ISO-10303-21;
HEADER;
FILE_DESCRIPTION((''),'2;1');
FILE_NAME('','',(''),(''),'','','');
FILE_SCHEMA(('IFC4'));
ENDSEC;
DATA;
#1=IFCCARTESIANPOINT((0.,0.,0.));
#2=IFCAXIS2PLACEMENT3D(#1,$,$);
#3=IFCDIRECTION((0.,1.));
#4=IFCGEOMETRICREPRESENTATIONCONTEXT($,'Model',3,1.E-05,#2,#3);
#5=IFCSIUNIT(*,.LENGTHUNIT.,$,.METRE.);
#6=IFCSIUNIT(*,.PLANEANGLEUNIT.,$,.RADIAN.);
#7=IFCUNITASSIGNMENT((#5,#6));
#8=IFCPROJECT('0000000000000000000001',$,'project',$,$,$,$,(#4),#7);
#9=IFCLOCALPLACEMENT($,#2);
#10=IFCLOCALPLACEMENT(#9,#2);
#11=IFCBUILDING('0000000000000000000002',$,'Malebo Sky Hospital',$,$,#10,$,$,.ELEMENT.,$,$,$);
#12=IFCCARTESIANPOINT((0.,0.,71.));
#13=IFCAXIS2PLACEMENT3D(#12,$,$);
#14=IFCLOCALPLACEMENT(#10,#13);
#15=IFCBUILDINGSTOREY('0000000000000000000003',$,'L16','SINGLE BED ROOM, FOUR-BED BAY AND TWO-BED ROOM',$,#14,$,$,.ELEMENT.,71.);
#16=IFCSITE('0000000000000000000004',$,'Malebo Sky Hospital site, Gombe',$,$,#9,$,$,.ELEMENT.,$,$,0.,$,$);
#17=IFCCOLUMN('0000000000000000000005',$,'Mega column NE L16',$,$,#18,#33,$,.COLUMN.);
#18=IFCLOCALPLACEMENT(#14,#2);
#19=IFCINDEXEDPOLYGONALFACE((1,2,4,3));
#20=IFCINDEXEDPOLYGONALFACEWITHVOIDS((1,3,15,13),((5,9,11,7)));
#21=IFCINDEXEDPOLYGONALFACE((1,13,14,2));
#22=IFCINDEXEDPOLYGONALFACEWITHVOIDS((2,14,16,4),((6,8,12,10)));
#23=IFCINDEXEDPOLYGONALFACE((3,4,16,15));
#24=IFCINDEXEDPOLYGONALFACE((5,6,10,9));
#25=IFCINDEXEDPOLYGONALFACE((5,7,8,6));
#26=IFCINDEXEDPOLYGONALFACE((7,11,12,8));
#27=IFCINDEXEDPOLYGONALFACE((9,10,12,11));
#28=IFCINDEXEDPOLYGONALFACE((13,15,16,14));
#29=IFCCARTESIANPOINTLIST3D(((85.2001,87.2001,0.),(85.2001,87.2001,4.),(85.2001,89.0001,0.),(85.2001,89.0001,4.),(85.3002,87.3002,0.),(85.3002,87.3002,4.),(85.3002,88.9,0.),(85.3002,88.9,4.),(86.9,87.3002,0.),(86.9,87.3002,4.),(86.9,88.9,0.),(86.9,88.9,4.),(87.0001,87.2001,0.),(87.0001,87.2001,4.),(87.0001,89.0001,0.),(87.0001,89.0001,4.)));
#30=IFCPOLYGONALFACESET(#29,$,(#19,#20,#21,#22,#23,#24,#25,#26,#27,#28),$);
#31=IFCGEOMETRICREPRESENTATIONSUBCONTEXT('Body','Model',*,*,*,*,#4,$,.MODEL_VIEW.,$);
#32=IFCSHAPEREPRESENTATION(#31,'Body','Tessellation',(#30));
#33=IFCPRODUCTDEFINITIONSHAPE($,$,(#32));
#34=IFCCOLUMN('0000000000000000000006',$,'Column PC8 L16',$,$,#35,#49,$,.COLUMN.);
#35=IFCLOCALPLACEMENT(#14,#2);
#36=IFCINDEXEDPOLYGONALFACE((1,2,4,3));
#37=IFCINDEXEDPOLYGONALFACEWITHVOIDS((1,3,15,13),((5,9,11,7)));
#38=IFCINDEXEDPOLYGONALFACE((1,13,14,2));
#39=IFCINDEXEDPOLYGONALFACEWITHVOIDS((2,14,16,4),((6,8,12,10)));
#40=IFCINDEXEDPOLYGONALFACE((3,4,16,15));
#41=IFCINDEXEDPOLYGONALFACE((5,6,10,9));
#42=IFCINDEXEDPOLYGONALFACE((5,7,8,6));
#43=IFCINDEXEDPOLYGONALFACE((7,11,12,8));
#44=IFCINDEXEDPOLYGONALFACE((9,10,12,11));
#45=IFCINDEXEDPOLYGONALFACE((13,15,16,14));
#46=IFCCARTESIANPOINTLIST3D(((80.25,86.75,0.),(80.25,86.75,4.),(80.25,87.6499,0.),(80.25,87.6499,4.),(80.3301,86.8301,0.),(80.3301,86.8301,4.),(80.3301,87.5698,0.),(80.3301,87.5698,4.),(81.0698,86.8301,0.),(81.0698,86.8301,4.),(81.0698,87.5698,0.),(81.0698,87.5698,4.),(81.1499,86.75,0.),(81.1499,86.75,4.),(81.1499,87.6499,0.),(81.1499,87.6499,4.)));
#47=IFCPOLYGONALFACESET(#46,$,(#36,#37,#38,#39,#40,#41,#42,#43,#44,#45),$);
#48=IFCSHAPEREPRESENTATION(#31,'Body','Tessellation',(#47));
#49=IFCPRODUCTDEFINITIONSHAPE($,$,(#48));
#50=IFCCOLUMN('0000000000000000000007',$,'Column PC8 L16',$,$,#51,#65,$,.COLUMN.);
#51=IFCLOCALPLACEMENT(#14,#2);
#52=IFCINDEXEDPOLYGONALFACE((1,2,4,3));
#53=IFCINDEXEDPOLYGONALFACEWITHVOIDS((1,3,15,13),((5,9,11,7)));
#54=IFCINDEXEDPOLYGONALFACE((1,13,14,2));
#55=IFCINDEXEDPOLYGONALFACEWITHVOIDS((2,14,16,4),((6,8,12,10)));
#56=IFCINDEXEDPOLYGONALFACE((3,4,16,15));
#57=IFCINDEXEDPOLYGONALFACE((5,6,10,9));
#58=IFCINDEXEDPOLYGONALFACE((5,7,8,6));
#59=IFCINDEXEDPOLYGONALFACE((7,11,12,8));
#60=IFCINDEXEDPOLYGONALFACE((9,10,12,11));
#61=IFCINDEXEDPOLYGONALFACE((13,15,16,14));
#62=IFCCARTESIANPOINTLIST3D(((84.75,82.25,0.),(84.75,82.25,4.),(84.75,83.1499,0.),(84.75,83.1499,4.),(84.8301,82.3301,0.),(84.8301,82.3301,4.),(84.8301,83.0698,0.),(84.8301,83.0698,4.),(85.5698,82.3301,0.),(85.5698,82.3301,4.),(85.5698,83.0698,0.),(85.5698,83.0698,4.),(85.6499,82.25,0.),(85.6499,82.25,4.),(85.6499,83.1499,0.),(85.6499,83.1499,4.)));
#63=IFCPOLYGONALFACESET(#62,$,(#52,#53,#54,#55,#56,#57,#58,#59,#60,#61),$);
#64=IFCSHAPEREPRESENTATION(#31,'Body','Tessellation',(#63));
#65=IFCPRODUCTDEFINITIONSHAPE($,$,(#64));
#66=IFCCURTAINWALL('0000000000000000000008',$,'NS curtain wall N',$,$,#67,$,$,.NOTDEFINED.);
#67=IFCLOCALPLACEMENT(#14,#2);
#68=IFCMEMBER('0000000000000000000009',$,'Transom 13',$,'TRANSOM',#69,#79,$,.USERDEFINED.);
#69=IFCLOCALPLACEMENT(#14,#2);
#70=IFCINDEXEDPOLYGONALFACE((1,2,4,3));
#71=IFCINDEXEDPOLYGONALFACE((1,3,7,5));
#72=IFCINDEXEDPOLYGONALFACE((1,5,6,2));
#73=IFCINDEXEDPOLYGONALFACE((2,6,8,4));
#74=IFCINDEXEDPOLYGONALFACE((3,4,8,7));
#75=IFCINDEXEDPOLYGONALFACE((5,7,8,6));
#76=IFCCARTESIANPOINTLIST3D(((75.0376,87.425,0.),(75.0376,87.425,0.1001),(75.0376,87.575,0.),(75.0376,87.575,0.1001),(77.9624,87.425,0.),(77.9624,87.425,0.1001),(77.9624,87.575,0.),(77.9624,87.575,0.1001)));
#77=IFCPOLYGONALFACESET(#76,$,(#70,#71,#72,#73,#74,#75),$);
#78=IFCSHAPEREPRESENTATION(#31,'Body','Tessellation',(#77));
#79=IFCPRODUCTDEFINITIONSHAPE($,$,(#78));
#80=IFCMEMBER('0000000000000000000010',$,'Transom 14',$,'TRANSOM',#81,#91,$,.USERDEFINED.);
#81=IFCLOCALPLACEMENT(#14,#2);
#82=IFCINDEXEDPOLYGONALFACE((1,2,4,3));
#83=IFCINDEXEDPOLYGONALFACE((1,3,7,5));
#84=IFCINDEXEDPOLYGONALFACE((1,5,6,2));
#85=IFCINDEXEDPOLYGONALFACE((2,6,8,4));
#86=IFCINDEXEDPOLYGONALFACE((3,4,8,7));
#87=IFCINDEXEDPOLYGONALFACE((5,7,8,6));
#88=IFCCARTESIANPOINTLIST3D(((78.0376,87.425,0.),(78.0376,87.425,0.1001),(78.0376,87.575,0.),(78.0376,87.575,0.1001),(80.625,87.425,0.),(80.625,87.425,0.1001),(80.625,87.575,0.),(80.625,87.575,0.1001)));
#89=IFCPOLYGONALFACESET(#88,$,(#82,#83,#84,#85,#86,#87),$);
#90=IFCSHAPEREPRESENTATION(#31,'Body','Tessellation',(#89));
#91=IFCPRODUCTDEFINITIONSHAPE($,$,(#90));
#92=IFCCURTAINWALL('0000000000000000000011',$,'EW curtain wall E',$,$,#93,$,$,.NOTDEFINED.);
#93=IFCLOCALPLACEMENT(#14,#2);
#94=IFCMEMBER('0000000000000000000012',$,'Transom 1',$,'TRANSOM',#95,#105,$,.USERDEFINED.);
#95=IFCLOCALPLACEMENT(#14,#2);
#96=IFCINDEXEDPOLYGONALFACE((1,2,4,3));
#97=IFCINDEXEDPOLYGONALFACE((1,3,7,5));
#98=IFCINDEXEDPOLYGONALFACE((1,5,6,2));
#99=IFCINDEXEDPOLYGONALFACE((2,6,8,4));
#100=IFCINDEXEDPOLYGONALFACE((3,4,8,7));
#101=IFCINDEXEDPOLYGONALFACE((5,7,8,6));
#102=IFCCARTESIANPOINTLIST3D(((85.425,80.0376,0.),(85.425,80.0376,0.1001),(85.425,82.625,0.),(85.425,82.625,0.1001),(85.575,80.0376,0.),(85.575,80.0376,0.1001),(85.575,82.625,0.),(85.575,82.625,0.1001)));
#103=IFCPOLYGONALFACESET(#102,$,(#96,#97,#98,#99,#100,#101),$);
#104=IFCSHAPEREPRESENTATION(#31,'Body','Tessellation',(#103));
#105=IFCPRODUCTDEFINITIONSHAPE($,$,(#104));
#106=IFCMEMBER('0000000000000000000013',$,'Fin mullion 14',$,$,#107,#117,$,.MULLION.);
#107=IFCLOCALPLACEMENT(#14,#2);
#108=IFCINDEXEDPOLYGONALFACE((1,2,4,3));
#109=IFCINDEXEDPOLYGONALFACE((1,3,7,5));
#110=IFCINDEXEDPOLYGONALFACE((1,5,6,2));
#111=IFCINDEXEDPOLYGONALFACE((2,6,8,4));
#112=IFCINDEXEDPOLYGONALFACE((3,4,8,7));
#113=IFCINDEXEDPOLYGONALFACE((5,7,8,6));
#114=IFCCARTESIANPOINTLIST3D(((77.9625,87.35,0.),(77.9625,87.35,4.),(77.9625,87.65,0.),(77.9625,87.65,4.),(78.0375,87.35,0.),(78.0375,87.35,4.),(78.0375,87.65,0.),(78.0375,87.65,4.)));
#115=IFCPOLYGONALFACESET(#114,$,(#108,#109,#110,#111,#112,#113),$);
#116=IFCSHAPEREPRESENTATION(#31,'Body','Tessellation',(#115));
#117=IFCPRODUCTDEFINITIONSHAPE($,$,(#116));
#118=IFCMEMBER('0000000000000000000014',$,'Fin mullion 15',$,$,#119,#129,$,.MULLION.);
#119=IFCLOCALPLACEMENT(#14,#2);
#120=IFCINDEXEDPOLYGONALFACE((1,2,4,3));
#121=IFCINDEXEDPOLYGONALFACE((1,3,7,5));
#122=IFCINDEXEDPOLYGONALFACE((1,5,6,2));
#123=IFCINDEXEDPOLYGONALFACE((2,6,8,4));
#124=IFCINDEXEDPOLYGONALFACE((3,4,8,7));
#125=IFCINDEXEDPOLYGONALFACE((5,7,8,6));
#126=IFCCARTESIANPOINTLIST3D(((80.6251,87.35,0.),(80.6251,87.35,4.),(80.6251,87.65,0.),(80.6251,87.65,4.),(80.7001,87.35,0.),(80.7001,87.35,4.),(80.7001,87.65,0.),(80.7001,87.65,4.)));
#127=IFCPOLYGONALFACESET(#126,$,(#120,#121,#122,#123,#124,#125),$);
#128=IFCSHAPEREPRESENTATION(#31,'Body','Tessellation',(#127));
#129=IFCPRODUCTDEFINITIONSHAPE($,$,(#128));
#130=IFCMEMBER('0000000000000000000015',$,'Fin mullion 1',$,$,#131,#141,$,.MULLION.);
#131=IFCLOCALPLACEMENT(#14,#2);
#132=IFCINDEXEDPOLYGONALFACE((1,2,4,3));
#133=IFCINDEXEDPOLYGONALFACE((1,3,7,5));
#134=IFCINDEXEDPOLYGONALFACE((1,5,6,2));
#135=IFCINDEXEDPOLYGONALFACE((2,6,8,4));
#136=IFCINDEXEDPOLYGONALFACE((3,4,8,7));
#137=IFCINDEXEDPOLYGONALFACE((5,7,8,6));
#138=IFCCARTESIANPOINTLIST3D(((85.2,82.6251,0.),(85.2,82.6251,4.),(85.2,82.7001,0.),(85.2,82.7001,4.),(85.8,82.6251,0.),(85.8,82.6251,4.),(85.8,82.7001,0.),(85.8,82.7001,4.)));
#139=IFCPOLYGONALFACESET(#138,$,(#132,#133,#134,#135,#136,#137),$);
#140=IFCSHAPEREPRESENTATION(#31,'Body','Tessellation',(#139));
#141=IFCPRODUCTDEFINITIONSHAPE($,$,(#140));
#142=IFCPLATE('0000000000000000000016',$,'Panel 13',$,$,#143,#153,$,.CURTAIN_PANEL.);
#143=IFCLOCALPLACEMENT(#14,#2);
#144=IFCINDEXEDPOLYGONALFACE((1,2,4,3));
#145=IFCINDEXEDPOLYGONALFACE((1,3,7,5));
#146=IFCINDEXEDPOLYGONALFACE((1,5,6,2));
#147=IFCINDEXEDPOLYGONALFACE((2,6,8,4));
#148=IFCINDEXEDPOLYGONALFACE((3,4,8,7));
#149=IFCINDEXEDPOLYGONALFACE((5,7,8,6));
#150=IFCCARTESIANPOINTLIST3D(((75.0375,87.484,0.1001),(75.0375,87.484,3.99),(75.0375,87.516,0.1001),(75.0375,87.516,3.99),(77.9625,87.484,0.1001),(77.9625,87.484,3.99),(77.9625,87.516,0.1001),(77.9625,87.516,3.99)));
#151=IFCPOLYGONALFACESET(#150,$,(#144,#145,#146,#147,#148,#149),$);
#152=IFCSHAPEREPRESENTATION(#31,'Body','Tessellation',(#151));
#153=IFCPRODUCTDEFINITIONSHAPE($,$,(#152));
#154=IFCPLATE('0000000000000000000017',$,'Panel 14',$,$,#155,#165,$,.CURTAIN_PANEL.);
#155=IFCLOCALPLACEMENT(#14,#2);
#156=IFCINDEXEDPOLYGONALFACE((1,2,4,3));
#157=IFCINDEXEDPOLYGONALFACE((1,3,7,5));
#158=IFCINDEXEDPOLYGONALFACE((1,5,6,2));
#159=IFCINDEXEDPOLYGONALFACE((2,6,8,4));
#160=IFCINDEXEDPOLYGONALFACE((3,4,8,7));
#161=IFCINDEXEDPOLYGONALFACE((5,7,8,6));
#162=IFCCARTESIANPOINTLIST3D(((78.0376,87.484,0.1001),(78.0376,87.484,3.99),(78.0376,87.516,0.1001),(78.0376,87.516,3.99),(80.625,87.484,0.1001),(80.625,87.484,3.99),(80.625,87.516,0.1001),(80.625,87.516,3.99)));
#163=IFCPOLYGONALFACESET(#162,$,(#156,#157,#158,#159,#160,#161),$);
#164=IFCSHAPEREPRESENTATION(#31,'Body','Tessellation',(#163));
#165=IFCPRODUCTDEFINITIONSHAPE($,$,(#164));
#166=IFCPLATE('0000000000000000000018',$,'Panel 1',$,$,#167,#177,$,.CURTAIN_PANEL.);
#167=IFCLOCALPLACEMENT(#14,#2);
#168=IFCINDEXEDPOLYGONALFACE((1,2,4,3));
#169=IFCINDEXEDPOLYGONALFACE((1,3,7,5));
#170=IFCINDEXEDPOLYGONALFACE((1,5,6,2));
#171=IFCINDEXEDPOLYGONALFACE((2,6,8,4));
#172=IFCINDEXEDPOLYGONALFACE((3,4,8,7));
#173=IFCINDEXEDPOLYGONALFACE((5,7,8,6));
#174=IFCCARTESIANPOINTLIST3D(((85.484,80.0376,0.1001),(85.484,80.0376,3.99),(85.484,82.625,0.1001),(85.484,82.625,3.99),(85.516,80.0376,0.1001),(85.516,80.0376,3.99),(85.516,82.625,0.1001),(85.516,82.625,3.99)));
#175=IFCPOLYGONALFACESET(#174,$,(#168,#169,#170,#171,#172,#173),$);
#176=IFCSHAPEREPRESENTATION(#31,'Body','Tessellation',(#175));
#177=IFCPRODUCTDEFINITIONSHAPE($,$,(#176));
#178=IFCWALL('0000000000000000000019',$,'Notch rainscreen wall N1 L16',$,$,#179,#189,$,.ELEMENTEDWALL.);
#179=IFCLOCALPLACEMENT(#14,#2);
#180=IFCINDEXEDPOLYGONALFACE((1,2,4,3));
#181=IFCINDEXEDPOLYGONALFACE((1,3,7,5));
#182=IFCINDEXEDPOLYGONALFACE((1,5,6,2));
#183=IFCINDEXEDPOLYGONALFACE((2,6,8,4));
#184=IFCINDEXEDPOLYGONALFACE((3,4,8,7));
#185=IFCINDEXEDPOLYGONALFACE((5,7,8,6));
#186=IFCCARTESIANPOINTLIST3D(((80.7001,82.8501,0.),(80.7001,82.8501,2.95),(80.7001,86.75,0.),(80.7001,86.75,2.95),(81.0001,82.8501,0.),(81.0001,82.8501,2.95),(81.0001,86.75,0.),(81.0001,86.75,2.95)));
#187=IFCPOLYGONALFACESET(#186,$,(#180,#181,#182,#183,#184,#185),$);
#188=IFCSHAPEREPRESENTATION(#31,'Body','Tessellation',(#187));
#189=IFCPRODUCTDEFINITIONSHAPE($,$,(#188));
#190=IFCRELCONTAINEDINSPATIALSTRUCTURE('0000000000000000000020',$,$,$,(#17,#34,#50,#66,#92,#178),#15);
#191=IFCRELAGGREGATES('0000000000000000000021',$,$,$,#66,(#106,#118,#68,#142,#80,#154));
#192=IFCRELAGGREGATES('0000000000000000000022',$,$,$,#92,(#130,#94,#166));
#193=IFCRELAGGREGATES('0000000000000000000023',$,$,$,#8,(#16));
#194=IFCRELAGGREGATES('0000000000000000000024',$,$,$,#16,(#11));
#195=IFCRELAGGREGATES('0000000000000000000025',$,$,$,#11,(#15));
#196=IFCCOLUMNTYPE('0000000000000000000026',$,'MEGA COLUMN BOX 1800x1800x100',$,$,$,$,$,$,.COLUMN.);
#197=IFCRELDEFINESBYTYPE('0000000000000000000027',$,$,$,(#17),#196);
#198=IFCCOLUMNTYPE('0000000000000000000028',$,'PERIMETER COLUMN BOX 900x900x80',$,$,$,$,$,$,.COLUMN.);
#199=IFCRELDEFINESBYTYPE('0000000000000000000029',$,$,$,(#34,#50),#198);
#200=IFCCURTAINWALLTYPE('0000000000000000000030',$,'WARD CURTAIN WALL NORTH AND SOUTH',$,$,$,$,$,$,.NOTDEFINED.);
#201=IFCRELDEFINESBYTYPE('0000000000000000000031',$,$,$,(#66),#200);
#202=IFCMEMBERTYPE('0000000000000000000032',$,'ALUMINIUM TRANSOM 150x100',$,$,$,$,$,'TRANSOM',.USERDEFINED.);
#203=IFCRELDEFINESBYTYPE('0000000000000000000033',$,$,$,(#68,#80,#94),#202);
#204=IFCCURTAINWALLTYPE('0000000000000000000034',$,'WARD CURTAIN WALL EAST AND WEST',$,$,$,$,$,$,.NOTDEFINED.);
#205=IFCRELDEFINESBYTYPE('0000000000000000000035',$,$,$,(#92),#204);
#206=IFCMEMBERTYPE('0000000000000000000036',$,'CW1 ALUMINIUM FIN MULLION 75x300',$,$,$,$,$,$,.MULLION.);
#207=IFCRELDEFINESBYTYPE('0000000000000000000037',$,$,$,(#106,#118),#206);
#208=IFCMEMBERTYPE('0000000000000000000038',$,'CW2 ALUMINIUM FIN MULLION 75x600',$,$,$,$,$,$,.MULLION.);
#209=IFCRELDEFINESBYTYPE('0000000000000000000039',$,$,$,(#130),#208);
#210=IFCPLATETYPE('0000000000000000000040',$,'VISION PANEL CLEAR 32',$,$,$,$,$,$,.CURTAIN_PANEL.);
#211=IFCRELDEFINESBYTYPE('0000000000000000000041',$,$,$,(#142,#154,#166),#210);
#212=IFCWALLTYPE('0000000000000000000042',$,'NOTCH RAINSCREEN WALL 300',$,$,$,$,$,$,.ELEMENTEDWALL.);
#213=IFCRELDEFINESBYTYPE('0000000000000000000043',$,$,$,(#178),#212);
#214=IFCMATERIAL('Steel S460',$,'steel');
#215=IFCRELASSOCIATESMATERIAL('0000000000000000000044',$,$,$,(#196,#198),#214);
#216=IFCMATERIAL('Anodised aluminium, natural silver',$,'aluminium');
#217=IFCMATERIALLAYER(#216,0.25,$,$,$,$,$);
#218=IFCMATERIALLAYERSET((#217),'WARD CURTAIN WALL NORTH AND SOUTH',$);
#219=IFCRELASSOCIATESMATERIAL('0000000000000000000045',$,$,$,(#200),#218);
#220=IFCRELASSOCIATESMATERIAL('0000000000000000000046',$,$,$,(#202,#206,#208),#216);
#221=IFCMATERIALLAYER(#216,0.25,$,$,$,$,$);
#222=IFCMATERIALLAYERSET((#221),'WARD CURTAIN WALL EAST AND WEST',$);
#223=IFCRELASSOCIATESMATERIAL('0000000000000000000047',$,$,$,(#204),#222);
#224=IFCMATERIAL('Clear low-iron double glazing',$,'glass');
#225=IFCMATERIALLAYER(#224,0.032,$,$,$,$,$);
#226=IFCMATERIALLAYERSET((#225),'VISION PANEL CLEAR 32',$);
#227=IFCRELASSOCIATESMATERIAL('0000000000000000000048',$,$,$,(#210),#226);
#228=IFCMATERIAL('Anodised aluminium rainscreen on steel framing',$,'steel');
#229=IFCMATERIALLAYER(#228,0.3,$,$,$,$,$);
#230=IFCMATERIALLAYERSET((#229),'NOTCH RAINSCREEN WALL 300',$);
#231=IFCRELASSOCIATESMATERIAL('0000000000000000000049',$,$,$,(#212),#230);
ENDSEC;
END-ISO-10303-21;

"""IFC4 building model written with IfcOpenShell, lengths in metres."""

from ifc_helpers import new_model, si_unit, direction, frame, frame_2d, origin, origin_2d, place, context, subcontext, project, spatial, rectangle, hollow_rectangle, extrude, material, layer, layer_set, material_profile, profile_set, type_object, element, aggregate, save


model = new_model("IFC4")

# Units and contexts
model_context = context("Model", 3, precision=1e-05, world=origin(), true_north=direction((0.0, 1.0)))
body_context = subcontext(model_context, "Body", "Model", "MODEL_VIEW")
ifc_project = project(units=[si_unit("LENGTHUNIT", "METRE"), si_unit("PLANEANGLEUNIT", "RADIAN")], contexts=[model_context])

# Site, building, storey
site_placement = place(None, origin())
site = spatial("IfcSite", under=ifc_project, at=site_placement, Name="Malebo Sky Hospital site, Gombe", CompositionType="ELEMENT", RefElevation=0.0)
building_placement = place(site_placement, origin())
building = spatial("IfcBuilding", under=site, at=building_placement, Name="Malebo Sky Hospital", CompositionType="ELEMENT")
storey_placement = place(building_placement, frame((0.0, 0.0, 71.0)))
storey = spatial("IfcBuildingStorey", under=building, at=storey_placement, Name="L16", Description="SINGLE BED ROOM, FOUR-BED BAY AND TWO-BED ROOM", CompositionType="ELEMENT", Elevation=71.0)

# Columns
ifc_material_1 = material(Name="Steel S460", Category="steel")
ifc_material_profile_1 = material_profile(ifc_material_1, hollow_rectangle(XDim=1.8, YDim=1.8, WallThickness=0.1001, at=origin_2d()), Name="BOX 1800x1800x100")
ifc_profile_set_1 = profile_set([ifc_material_profile_1], Name="Steel S460")
column_type_1 = type_object("IfcColumnType", Name="MEGA COLUMN BOX 1800x1800x100", PredefinedType="COLUMN", material=ifc_profile_set_1)
column_placement = place(storey_placement, frame((86.1001, 88.1001, 0.0), z_axis=(0.0, 0.0, 1.0), x_axis=(1.0, 0.0, 0.0)))
element("IfcColumn", 1, at=column_placement, inside=storey, type_object=column_type_1, Name="Mega column NE L16", PredefinedType="COLUMN", context=body_context, shape_type="SweptSolid", body=[
    extrude(hollow_rectangle(XDim=1.8, YDim=1.8, WallThickness=0.1001, at=origin_2d()), origin(), (0.0, 0.0, 1.0), 4.0),
])
ifc_material_profile_2 = material_profile(ifc_material_1, hollow_rectangle(XDim=0.8999, YDim=0.8999, WallThickness=0.0801, at=origin_2d()), Name="BOX 900x900x80")
ifc_profile_set_2 = profile_set([ifc_material_profile_2], Name="Steel S460")
column_type_2 = type_object("IfcColumnType", Name="PERIMETER COLUMN BOX 900x900x80", PredefinedType="COLUMN", material=ifc_profile_set_2)
for number, where, z_axis, x_axis, name in (
    (2, (80.7, 87.2, 0.0), (0.0, 0.0, 1.0), (1.0, 0.0, 0.0), "Column PC8 L16"),
    (3, (85.2, 82.7, 0.0), (0.0, 0.0, 1.0), (1.0, 0.0, 0.0), "Column PC8 L16"),
):
    element("IfcColumn", number, at=place(storey_placement, frame(where, z_axis=z_axis, x_axis=x_axis)), inside=storey, type_object=column_type_2, Name=name, PredefinedType="COLUMN", context=body_context, shape_type="SweptSolid", body=[
        extrude(hollow_rectangle(XDim=0.8999, YDim=0.8999, WallThickness=0.0801, at=origin_2d()), origin(), (0.0, 0.0, 1.0), 4.0),
    ])

# Curtain wall, members
ifc_material_2 = material(Name="Anodised aluminium, natural silver", Category="aluminium")
ifc_layer_1 = layer(ifc_material_2, 0.25)
ifc_layer_set_1 = layer_set([ifc_layer_1], Name="WARD CURTAIN WALL NORTH AND SOUTH")
curtain_wall_type_1 = type_object("IfcCurtainWallType", Name="WARD CURTAIN WALL NORTH AND SOUTH", PredefinedType="NOTDEFINED", material=ifc_layer_set_1)
curtain_wall_1_placement = place(storey_placement, origin())
curtain_wall_1 = element("IfcCurtainWall", 4, at=curtain_wall_1_placement, inside=storey, type_object=curtain_wall_type_1, Name="NS curtain wall N", PredefinedType="NOTDEFINED")
ifc_material_profile_3 = material_profile(ifc_material_2, rectangle(XDim=0.1499, YDim=0.1001, at=origin_2d()), Name="ALUMINIUM TRANSOM 150x100")
ifc_profile_set_3 = profile_set([ifc_material_profile_3], Name="Anodised aluminium, natural silver")
member_type_1 = type_object("IfcMemberType", Name="ALUMINIUM TRANSOM 150x100", ElementType="TRANSOM", PredefinedType="USERDEFINED", material=ifc_profile_set_3)
member_1_placement = place(storey_placement, frame((75.0376, 87.5, 0.05), z_axis=(1.0, 0.0, 0.0), x_axis=(0.0, 1.0, 0.0)))
member_1 = element("IfcMember", 5, at=member_1_placement, type_object=member_type_1, Name="Transom 13", ObjectType="TRANSOM", PredefinedType="USERDEFINED", context=body_context, shape_type="SweptSolid", body=[
    extrude(rectangle(XDim=0.1499, YDim=0.1001, at=origin_2d()), origin(), (0.0, 0.0, 1.0), 2.9248),
])
member_2_placement = place(storey_placement, frame((78.0376, 87.5, 0.05), z_axis=(1.0, 0.0, 0.0), x_axis=(0.0, 1.0, 0.0)))
member_2 = element("IfcMember", 6, at=member_2_placement, type_object=member_type_1, Name="Transom 14", ObjectType="TRANSOM", PredefinedType="USERDEFINED", context=body_context, shape_type="SweptSolid", body=[
    extrude(rectangle(XDim=0.1499, YDim=0.1001, at=origin_2d()), origin(), (0.0, 0.0, 1.0), 2.5874),
])

# Curtain wall, member
ifc_layer_2 = layer(ifc_material_2, 0.25)
ifc_layer_set_2 = layer_set([ifc_layer_2], Name="WARD CURTAIN WALL EAST AND WEST")
curtain_wall_type_2 = type_object("IfcCurtainWallType", Name="WARD CURTAIN WALL EAST AND WEST", PredefinedType="NOTDEFINED", material=ifc_layer_set_2)
curtain_wall_2_placement = place(storey_placement, origin())
curtain_wall_2 = element("IfcCurtainWall", 7, at=curtain_wall_2_placement, inside=storey, type_object=curtain_wall_type_2, Name="EW curtain wall E", PredefinedType="NOTDEFINED")
member_3_placement = place(storey_placement, frame((85.5, 82.625, 0.05), z_axis=(0.0, -1.0, 0.0), x_axis=(1.0, 0.0, 0.0)))
member_3 = element("IfcMember", 8, at=member_3_placement, type_object=member_type_1, Name="Transom 1", ObjectType="TRANSOM", PredefinedType="USERDEFINED", context=body_context, shape_type="SweptSolid", body=[
    extrude(rectangle(XDim=0.1499, YDim=0.1001, at=origin_2d()), origin(), (0.0, 0.0, 1.0), 2.5874),
])

# Members
ifc_material_profile_4 = material_profile(ifc_material_2, rectangle(XDim=0.075, YDim=0.3, at=origin_2d()), Name="CW1 ALUMINIUM FIN MULLION 75x300")
ifc_profile_set_4 = profile_set([ifc_material_profile_4], Name="Anodised aluminium, natural silver")
member_type_2 = type_object("IfcMemberType", Name="CW1 ALUMINIUM FIN MULLION 75x300", PredefinedType="MULLION", material=ifc_profile_set_4)
member_4_placement = place(storey_placement, frame((78.0, 87.5, 0.0), z_axis=(0.0, 0.0, 1.0), x_axis=(1.0, 0.0, 0.0)))
member_4 = element("IfcMember", 9, at=member_4_placement, type_object=member_type_2, Name="Fin mullion 14", PredefinedType="MULLION", context=body_context, shape_type="SweptSolid", body=[
    extrude(rectangle(XDim=0.075, YDim=0.3, at=origin_2d()), origin(), (0.0, 0.0, 1.0), 4.0),
])
member_5_placement = place(storey_placement, frame((80.6626, 87.5, 0.0), z_axis=(0.0, 0.0, 1.0), x_axis=(1.0, 0.0, 0.0)))
member_5 = element("IfcMember", 10, at=member_5_placement, type_object=member_type_2, Name="Fin mullion 15", PredefinedType="MULLION", context=body_context, shape_type="SweptSolid", body=[
    extrude(rectangle(XDim=0.075, YDim=0.3, at=origin_2d()), origin(), (0.0, 0.0, 1.0), 4.0),
])
ifc_material_profile_5 = material_profile(ifc_material_2, rectangle(XDim=0.075, YDim=0.6001, at=origin_2d()), Name="CW2 ALUMINIUM FIN MULLION 75x600")
ifc_profile_set_5 = profile_set([ifc_material_profile_5], Name="Anodised aluminium, natural silver")
member_type_3 = type_object("IfcMemberType", Name="CW2 ALUMINIUM FIN MULLION 75x600", PredefinedType="MULLION", material=ifc_profile_set_5)
member_6_placement = place(storey_placement, frame((85.5, 82.6626, 0.0), z_axis=(0.0, 0.0, 1.0), x_axis=(0.0, -1.0, 0.0)))
member_6 = element("IfcMember", 11, at=member_6_placement, type_object=member_type_3, Name="Fin mullion 1", PredefinedType="MULLION", context=body_context, shape_type="SweptSolid", body=[
    extrude(rectangle(XDim=0.075, YDim=0.6001, at=origin_2d()), origin(), (0.0, 0.0, 1.0), 4.0),
])

# Plates
ifc_material_3 = material(Name="Clear low-iron double glazing", Category="glass")
ifc_layer_3 = layer(ifc_material_3, 0.032)
ifc_layer_set_3 = layer_set([ifc_layer_3], Name="VISION PANEL CLEAR 32")
plate_type = type_object("IfcPlateType", Name="VISION PANEL CLEAR 32", PredefinedType="CURTAIN_PANEL", material=ifc_layer_set_3)
plate_1_placement = place(storey_placement, frame((76.5, 87.5, 0.1001), z_axis=(0.0, 0.0, 1.0), x_axis=(1.0, 0.0, 0.0)))
plate_1 = element("IfcPlate", 12, at=plate_1_placement, type_object=plate_type, Name="Panel 13", PredefinedType="CURTAIN_PANEL", context=body_context, shape_type="SweptSolid", body=[
    extrude(rectangle(XDim=2.925, YDim=0.032, at=origin_2d()), origin(), (0.0, 0.0, 1.0), 3.8899),
])
plate_2_placement = place(storey_placement, frame((79.3313, 87.5, 0.1001), z_axis=(0.0, 0.0, 1.0), x_axis=(1.0, 0.0, 0.0)))
plate_2 = element("IfcPlate", 13, at=plate_2_placement, type_object=plate_type, Name="Panel 14", PredefinedType="CURTAIN_PANEL", context=body_context, shape_type="SweptSolid", body=[
    extrude(rectangle(XDim=2.5874, YDim=0.032, at=origin_2d()), origin(), (0.0, 0.0, 1.0), 3.8899),
])
aggregate(curtain_wall_1, [member_4, member_5, member_1, plate_1, member_2, plate_2])
plate_3_placement = place(storey_placement, frame((85.5, 81.3313, 0.1001), z_axis=(0.0, 0.0, 1.0), x_axis=(0.0, -1.0, 0.0)))
plate_3 = element("IfcPlate", 14, at=plate_3_placement, type_object=plate_type, Name="Panel 1", PredefinedType="CURTAIN_PANEL", context=body_context, shape_type="SweptSolid", body=[
    extrude(rectangle(XDim=2.5874, YDim=0.032, at=origin_2d()), origin(), (0.0, 0.0, 1.0), 3.8899),
])
aggregate(curtain_wall_2, [member_6, member_3, plate_3])

# Wall
ifc_material_4 = material(Name="Anodised aluminium rainscreen on steel framing", Category="steel")
ifc_layer_4 = layer(ifc_material_4, 0.3)
ifc_layer_set_4 = layer_set([ifc_layer_4], Name="NOTCH RAINSCREEN WALL 300")
wall_type_1 = type_object("IfcWallType", Name="NOTCH RAINSCREEN WALL 300", PredefinedType="ELEMENTEDWALL", material=ifc_layer_set_4)
for number, where, z_axis, x_axis, name in (
    (15, (80.8501, 86.75, 0.0), (0.0, 0.0, 1.0), (0.0, -1.0, 0.0), "Notch rainscreen wall N1 L16"),
):
    element("IfcWall", number, at=place(storey_placement, frame(where, z_axis=z_axis, x_axis=x_axis)), inside=storey, type_object=wall_type_1, Name=name, PredefinedType="ELEMENTEDWALL", context=body_context, shape_type="SweptSolid", body=[
        extrude(rectangle(XDim=3.8999, YDim=0.3, at=frame_2d((1.95, 0.0))), origin(), (0.0, 0.0, 1.0), 2.95),
    ])

save(model, "model.ifc")
